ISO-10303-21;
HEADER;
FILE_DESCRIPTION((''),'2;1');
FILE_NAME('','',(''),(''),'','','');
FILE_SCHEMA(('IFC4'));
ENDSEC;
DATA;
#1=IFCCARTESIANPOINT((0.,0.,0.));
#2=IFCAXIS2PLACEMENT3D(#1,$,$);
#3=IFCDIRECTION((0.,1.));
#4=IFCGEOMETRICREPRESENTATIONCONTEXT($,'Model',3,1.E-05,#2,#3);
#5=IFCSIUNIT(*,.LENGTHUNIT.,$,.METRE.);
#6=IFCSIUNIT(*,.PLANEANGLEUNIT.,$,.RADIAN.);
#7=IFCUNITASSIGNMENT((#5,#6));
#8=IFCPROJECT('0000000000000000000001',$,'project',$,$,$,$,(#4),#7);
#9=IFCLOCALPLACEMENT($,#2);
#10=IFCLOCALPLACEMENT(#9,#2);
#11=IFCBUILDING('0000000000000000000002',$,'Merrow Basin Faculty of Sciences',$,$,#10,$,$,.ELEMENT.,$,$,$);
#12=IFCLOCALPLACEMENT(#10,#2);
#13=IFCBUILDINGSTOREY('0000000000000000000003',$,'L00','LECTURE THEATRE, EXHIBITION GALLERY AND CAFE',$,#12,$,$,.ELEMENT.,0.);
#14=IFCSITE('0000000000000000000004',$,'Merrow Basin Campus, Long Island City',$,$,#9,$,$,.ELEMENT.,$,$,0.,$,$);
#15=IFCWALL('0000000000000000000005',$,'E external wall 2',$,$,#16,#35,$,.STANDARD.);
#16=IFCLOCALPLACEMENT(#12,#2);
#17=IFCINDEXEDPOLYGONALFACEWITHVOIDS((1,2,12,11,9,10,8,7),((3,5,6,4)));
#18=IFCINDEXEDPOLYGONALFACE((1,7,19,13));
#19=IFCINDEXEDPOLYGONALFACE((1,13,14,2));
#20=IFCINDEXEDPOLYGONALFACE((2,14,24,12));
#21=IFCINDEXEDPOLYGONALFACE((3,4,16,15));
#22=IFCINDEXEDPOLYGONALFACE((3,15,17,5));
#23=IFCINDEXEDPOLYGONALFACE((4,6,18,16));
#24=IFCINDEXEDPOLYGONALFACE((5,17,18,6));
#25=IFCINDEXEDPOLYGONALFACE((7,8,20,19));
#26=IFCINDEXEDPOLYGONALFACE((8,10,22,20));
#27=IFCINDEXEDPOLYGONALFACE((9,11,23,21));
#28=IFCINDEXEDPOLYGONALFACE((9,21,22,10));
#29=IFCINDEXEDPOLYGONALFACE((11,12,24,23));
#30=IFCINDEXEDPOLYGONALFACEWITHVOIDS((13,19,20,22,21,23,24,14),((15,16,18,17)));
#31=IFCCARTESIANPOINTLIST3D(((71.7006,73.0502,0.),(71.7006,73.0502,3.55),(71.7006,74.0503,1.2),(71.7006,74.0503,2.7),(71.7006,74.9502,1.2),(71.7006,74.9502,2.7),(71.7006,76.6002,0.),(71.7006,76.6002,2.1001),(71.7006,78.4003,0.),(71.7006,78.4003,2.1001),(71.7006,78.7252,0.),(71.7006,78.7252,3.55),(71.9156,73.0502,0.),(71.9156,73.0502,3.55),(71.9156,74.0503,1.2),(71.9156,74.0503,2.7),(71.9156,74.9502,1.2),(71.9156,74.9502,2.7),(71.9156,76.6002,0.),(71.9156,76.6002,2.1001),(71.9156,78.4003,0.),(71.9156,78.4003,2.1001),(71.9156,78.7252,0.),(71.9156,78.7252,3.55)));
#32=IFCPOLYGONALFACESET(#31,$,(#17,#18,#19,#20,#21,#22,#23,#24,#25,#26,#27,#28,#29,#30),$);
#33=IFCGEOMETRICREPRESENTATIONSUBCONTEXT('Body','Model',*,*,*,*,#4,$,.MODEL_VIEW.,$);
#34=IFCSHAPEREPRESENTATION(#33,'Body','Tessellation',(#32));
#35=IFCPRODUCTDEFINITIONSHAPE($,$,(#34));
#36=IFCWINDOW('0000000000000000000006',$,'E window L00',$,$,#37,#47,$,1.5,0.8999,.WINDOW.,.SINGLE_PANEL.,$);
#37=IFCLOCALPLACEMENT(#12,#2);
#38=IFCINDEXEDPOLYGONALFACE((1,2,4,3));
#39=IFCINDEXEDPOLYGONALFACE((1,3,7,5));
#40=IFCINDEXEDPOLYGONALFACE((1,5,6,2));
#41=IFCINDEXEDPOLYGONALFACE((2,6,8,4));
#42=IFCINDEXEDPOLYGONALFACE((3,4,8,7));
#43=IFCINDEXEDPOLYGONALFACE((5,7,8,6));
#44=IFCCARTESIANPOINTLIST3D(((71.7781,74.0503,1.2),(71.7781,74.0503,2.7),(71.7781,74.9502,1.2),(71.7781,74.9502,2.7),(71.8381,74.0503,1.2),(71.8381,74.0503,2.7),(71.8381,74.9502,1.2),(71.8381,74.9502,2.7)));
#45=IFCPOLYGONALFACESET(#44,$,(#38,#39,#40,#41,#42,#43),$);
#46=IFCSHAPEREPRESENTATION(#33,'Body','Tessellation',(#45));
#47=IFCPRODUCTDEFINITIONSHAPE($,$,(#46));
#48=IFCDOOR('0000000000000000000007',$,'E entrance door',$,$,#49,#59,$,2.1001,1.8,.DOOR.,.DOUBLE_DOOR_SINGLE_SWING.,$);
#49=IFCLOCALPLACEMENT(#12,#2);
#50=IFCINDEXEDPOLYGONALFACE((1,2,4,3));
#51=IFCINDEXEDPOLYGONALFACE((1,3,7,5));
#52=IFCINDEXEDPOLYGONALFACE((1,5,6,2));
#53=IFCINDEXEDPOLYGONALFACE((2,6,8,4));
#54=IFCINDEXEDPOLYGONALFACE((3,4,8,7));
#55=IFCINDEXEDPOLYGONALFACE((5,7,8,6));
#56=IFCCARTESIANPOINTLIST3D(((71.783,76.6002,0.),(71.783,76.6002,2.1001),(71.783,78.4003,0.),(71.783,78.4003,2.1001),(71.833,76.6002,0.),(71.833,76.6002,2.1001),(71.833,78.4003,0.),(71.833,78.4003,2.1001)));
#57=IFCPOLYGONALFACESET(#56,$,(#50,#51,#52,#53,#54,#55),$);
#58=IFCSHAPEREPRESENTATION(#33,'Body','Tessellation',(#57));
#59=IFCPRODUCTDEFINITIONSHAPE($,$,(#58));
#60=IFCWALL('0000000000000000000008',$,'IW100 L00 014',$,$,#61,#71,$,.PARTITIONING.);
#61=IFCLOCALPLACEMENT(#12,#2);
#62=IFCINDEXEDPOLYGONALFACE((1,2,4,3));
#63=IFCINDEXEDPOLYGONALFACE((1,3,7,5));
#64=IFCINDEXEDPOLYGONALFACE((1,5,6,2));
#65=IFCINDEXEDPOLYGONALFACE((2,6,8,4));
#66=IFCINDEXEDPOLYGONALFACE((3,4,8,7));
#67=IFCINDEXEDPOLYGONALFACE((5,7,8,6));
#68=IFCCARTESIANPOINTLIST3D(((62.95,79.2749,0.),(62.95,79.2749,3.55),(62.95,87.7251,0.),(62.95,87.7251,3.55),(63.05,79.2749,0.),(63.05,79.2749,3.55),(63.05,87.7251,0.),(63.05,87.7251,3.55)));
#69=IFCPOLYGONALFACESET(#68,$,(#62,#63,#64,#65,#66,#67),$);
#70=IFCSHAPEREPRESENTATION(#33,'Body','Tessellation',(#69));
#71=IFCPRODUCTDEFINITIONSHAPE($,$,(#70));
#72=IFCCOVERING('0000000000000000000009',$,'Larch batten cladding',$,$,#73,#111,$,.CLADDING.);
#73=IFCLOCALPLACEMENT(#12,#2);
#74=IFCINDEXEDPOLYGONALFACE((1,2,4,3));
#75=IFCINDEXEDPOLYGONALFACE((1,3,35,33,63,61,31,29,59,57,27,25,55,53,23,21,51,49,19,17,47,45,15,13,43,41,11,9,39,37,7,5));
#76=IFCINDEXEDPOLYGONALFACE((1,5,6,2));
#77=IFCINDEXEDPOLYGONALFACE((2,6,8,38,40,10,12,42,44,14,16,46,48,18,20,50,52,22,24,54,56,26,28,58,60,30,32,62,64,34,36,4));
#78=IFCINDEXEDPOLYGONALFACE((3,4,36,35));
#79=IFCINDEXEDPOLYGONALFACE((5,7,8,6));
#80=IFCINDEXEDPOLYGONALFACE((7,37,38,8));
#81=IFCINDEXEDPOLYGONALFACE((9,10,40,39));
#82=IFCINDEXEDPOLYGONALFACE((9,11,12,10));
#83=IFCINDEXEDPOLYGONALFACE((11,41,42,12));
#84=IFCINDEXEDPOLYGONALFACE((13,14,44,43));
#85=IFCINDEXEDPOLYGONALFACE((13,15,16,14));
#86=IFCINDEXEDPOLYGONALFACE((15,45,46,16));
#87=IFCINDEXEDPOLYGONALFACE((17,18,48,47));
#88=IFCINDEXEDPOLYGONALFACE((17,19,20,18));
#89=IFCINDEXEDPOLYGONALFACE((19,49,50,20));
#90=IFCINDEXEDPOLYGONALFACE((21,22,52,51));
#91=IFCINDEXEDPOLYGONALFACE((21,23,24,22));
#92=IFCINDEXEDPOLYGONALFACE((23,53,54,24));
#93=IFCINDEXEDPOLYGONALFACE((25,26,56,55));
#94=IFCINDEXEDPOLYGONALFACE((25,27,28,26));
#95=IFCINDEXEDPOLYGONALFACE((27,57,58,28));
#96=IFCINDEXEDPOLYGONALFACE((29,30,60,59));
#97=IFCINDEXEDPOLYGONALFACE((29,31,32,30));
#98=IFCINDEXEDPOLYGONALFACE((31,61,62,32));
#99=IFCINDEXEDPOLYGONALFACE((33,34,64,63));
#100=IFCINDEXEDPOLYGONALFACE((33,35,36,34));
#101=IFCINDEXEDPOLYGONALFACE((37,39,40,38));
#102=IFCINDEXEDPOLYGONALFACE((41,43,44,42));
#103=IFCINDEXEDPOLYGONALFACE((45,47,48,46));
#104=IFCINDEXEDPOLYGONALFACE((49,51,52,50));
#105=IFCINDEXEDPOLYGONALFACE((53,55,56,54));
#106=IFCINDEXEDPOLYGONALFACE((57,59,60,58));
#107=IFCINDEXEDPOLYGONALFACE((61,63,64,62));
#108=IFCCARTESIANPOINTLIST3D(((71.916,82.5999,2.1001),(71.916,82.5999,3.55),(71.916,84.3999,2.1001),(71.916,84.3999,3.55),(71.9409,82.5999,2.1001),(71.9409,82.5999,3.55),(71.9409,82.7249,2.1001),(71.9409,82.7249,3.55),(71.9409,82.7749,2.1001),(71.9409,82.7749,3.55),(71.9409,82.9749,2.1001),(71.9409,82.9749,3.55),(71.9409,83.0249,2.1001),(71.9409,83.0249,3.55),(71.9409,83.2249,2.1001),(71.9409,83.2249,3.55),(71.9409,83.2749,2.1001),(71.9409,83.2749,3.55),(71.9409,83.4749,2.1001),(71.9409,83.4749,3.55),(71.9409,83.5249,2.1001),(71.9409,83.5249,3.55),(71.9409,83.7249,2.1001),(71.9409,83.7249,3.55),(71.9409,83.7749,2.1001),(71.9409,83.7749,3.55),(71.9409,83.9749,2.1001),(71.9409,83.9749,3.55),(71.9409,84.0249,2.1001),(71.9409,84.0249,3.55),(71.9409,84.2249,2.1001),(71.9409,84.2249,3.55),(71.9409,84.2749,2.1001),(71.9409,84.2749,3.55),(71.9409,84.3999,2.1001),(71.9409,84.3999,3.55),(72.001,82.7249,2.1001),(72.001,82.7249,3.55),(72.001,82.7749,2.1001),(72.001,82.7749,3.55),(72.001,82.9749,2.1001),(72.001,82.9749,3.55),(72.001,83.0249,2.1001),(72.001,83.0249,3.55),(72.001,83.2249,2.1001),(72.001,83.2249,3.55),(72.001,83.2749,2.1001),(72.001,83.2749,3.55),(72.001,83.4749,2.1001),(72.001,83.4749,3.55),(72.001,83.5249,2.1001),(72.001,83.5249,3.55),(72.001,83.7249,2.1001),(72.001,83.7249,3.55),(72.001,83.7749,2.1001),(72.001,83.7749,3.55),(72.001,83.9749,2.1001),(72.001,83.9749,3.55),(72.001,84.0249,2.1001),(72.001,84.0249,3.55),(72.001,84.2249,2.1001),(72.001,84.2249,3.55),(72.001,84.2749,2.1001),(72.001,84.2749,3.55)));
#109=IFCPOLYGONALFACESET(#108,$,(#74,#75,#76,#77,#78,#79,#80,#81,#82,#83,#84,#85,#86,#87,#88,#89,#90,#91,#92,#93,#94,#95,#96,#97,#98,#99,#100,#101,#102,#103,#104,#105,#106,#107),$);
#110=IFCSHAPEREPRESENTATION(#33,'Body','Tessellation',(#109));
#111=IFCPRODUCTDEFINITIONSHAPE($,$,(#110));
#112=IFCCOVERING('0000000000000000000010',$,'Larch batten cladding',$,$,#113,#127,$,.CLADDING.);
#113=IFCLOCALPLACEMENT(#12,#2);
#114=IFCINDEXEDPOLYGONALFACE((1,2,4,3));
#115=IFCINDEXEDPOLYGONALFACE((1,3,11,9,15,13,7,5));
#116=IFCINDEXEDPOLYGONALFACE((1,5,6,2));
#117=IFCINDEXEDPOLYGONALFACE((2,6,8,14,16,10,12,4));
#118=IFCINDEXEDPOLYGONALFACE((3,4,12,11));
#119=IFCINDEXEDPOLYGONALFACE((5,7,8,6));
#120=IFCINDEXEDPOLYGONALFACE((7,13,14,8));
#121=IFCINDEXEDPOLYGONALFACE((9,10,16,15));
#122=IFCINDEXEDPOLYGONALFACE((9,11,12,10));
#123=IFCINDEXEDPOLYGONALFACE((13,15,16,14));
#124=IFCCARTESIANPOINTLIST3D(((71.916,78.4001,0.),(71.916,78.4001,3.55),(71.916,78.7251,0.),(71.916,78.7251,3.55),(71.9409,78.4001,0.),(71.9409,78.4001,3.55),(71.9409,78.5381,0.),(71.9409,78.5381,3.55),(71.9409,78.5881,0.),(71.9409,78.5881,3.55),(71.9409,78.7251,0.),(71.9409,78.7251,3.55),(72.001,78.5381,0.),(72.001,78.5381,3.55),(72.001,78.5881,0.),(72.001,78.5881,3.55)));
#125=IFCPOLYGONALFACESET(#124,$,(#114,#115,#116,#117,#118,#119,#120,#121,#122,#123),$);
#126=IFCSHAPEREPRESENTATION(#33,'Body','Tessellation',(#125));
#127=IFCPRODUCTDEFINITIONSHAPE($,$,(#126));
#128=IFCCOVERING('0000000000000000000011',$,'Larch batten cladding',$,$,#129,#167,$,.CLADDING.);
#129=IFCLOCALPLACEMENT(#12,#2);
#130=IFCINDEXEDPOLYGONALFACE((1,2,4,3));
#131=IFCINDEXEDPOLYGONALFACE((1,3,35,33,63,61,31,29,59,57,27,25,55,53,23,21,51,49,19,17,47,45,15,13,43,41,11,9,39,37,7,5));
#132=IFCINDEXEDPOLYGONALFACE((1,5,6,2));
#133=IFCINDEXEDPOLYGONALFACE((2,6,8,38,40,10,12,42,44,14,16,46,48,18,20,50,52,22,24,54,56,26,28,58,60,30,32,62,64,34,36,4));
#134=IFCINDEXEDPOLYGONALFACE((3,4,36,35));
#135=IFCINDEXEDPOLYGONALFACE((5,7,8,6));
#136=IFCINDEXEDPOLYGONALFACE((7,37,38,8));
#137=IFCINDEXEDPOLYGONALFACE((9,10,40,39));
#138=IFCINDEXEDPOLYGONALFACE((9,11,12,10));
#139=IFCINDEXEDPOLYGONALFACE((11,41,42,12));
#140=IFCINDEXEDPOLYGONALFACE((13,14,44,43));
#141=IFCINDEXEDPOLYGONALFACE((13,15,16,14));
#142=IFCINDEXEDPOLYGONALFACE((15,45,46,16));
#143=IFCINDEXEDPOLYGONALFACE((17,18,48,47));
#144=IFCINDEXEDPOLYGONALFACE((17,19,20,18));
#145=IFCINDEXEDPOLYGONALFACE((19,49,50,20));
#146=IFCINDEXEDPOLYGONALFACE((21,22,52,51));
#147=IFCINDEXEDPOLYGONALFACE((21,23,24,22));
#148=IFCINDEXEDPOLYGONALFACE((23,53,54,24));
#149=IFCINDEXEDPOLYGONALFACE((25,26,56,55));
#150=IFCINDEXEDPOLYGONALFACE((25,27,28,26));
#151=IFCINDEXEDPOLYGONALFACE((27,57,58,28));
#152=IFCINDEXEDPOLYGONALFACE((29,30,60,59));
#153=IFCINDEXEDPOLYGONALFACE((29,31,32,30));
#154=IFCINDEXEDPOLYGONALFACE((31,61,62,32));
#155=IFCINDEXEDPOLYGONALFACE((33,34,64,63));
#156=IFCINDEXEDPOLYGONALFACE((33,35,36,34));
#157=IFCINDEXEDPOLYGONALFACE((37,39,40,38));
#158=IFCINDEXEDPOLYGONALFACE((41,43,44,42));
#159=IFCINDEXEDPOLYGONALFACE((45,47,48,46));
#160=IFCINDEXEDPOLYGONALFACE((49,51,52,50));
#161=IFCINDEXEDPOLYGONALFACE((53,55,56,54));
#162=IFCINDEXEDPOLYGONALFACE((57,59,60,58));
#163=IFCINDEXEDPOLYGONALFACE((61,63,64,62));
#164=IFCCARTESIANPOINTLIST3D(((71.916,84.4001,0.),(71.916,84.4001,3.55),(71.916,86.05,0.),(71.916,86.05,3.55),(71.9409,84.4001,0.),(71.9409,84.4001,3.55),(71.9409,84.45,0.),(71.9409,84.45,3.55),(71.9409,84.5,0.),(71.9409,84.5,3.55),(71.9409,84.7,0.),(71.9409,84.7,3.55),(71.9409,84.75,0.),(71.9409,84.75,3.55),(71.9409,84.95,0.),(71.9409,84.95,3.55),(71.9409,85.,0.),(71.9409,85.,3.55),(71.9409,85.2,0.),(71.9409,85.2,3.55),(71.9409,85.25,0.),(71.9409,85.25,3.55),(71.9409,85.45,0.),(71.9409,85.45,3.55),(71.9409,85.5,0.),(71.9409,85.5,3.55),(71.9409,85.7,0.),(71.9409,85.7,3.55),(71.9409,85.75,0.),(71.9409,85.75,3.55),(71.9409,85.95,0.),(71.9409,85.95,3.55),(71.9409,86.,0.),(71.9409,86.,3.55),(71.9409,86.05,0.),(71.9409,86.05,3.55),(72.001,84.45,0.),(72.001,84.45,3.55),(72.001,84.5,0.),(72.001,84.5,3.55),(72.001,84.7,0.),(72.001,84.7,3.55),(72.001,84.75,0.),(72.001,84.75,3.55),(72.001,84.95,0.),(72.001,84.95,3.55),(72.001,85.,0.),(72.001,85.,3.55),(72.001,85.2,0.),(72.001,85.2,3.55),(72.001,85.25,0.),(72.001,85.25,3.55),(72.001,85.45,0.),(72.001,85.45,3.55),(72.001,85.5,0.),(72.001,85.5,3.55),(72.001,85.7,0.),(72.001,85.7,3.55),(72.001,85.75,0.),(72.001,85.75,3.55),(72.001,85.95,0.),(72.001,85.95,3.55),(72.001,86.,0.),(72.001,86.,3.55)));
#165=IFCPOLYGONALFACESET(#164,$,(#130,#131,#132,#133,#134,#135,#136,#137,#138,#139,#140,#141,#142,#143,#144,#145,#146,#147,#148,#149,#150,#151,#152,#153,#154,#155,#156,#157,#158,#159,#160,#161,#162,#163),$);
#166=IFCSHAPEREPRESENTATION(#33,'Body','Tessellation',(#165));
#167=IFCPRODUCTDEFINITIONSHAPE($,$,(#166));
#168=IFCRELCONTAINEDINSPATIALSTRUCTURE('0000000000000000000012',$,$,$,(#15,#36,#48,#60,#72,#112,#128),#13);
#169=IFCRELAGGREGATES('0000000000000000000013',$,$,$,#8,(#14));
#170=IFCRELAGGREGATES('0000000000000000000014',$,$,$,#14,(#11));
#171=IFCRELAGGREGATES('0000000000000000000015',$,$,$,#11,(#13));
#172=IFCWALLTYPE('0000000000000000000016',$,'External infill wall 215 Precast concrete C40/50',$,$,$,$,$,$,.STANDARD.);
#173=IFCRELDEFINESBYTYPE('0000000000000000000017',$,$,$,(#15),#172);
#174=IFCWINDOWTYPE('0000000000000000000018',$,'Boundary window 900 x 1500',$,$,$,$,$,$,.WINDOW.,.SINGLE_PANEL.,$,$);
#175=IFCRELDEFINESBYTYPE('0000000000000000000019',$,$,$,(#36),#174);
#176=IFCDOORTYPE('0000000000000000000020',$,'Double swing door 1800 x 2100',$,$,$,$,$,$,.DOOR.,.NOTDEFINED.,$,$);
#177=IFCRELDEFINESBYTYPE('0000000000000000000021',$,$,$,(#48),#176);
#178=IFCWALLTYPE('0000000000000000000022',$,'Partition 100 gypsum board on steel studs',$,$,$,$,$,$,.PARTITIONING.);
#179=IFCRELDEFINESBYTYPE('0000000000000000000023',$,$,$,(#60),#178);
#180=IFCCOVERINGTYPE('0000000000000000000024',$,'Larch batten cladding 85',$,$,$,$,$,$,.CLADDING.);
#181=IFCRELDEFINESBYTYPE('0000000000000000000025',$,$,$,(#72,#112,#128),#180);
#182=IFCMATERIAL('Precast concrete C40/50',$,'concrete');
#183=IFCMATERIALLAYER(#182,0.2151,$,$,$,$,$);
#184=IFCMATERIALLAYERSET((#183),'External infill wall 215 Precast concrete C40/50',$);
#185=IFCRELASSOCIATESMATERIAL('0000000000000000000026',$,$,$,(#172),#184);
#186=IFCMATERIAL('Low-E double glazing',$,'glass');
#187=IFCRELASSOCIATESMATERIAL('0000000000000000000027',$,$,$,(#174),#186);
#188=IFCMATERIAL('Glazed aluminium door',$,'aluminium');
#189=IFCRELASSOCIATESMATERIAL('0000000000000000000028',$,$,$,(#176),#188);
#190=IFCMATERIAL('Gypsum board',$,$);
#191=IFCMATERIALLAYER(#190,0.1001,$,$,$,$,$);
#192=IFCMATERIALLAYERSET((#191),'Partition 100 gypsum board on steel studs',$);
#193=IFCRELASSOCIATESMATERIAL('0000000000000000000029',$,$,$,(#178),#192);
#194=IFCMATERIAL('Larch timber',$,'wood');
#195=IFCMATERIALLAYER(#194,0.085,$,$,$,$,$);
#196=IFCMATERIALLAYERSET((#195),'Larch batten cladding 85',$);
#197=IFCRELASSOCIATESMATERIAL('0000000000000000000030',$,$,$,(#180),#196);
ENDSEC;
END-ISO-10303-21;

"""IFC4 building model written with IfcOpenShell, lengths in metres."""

from ifc_helpers import new_model, si_unit, direction, frame, frame_2d, origin, place, context, subcontext, project, spatial, polyline, rectangle, outline, extrude, source, transform, mapped, material, layer, layer_set, type_object, element, fill, save


model = new_model("IFC4")

# Units and contexts
model_context = context("Model", 3, precision=1e-05, world=origin(), true_north=direction((0.0, 1.0)))
body_context = subcontext(model_context, "Body", "Model", "MODEL_VIEW")
ifc_project = project(units=[si_unit("LENGTHUNIT", "METRE"), si_unit("PLANEANGLEUNIT", "RADIAN")], contexts=[model_context])

# Site, building, storey
site_placement = place(None, origin())
site = spatial("IfcSite", under=ifc_project, at=site_placement, Name="Merrow Basin Campus, Long Island City", CompositionType="ELEMENT", RefElevation=0.0)
building_placement = place(site_placement, origin())
building = spatial("IfcBuilding", under=site, at=building_placement, Name="Merrow Basin Faculty of Sciences", CompositionType="ELEMENT")
storey_placement = place(building_placement, origin())
storey = spatial("IfcBuildingStorey", under=building, at=storey_placement, Name="L00", Description="LECTURE THEATRE, EXHIBITION GALLERY AND CAFE", CompositionType="ELEMENT", Elevation=0.0)

# Wall, openings, window, door
ifc_material_1 = material(Name="Precast concrete C40/50", Category="concrete")
ifc_layer_1 = layer(ifc_material_1, 0.2151)
ifc_layer_set_1 = layer_set([ifc_layer_1], Name="External infill wall 215 Precast concrete C40/50")
wall_type_1 = type_object("IfcWallType", Name="External infill wall 215 Precast concrete C40/50", PredefinedType="STANDARD", material=ifc_layer_set_1)
wall_1_placement = place(storey_placement, frame((71.8081, 78.7251, 0.0), z_axis=(0.0, 0.0, 1.0), x_axis=(0.0, -1.0, 0.0)))
wall_1 = element("IfcWall", 1, at=wall_1_placement, inside=storey, type_object=wall_type_1, Name="E external wall 2", PredefinedType="STANDARD", context=body_context, shape_type="SweptSolid", body=[
    extrude(rectangle(XDim=5.675, YDim=0.2151, at=frame_2d((2.8374, 0.0))), origin(), (0.0, 0.0, 1.0), 3.55),
])
opening_1_placement = place(wall_1_placement, frame((3.7749, 0.0, 1.2)))
opening_1 = element("IfcOpeningElement", 2, at=opening_1_placement, cuts=wall_1, PredefinedType="OPENING", context=body_context, shape_type="SweptSolid", body=[
    extrude(rectangle(XDim=0.8999, YDim=1.5, at=frame_2d((0.45, 0.75))), frame((0.0, 0.1174, 0.0), z_axis=(0.0, -1.0, 0.0), x_axis=(1.0, 0.0, 0.0)), (0.0, 0.0, 1.0), 0.2351),
])
opening_2_placement = place(wall_1_placement, frame((0.325, 0.0, 0.0)))
opening_2 = element("IfcOpeningElement", 3, at=opening_2_placement, cuts=wall_1, PredefinedType="OPENING", context=body_context, shape_type="SweptSolid", body=[
    extrude(rectangle(XDim=1.8, YDim=2.1001, at=frame_2d((0.8999, 1.05))), frame((0.0, 0.1174, 0.0), z_axis=(0.0, -1.0, 0.0), x_axis=(1.0, 0.0, 0.0)), (0.0, 0.0, 1.0), 0.2351),
])
ifc_material_2 = material(Name="Low-E double glazing", Category="glass")
window_type = type_object("IfcWindowType", Name="Boundary window 900 x 1500", PartitioningType="SINGLE_PANEL", PredefinedType="WINDOW", material=ifc_material_2)
window_placement = place(opening_1_placement, origin())
window = element("IfcWindow", 4, at=window_placement, inside=storey, type_object=window_type, Name="E window L00", OverallHeight=1.5, OverallWidth=0.8999, PartitioningType="SINGLE_PANEL", PredefinedType="WINDOW", context=body_context, shape_type="SweptSolid", body=[
    extrude(rectangle(XDim=0.8999, YDim=1.5, at=frame_2d((0.45, 0.75))), frame((0.0, 0.03, 0.0), z_axis=(0.0, -1.0, 0.0), x_axis=(1.0, 0.0, 0.0)), (0.0, 0.0, 1.0), 0.0601),
])
fill(opening_1, window)
ifc_material_3 = material(Name="Glazed aluminium door", Category="aluminium")
door_type = type_object("IfcDoorType", Name="Double swing door 1800 x 2100", OperationType="NOTDEFINED", PredefinedType="DOOR", material=ifc_material_3)
door_placement = place(opening_2_placement, origin())
door = element("IfcDoor", 5, at=door_placement, inside=storey, type_object=door_type, Name="E entrance door", OperationType="DOUBLE_DOOR_SINGLE_SWING", OverallHeight=2.1001, OverallWidth=1.8, PredefinedType="DOOR", context=body_context, shape_type="SweptSolid", body=[
    extrude(rectangle(XDim=1.8, YDim=2.1001, at=frame_2d((0.8999, 1.05))), frame((0.0, 0.0249, 0.0), z_axis=(0.0, -1.0, 0.0), x_axis=(1.0, 0.0, 0.0)), (0.0, 0.0, 1.0), 0.05),
])
fill(opening_2, door)

# Wall
ifc_material_4 = material(Name="Gypsum board")
ifc_layer_2 = layer(ifc_material_4, 0.1001)
ifc_layer_set_2 = layer_set([ifc_layer_2], Name="Partition 100 gypsum board on steel studs")
wall_type_2 = type_object("IfcWallType", Name="Partition 100 gypsum board on steel studs", PredefinedType="PARTITIONING", material=ifc_layer_set_2)
wall_2_placement = place(storey_placement, frame((63.0, 79.2749, 0.0), z_axis=(0.0, 0.0, 1.0), x_axis=(0.0, 1.0, 0.0)))
element("IfcWall", 6, at=wall_2_placement, inside=storey, type_object=wall_type_2, Name="IW100 L00 014", PredefinedType="PARTITIONING", context=body_context, shape_type="SweptSolid", body=[
    extrude(rectangle(XDim=8.4502, YDim=0.1001, at=frame_2d((4.2251, 0.0))), origin(), (0.0, 0.0, 1.0), 3.55),
])

# Coverings
ifc_material_5 = material(Name="Larch timber", Category="wood")
ifc_layer_3 = layer(ifc_material_5, 0.085)
ifc_layer_set_3 = layer_set([ifc_layer_3], Name="Larch batten cladding 85")
covering_type = type_object("IfcCoveringType", Name="Larch batten cladding 85", PredefinedType="CLADDING", material=ifc_layer_set_3)
shared_shape_1 = source(origin(), body_context, "Body", "SweptSolid", [
    extrude(outline(polyline([(0.0, 0.0), (1.8, 0.0), (1.8, 0.0249), (1.675, 0.0249), (1.675, 0.085), (1.625, 0.085), (1.625, 0.0249), (1.425, 0.0249), (1.425, 0.085), (1.375, 0.085), (1.375, 0.0249), (1.175, 0.0249), (1.175, 0.085), (1.125, 0.085), (1.125, 0.0249), (0.925, 0.0249), (0.925, 0.085), (0.875, 0.085), (0.875, 0.0249), (0.675, 0.0249), (0.675, 0.085), (0.625, 0.085), (0.625, 0.0249), (0.425, 0.0249), (0.425, 0.085), (0.375, 0.085), (0.375, 0.0249), (0.175, 0.0249), (0.175, 0.085), (0.125, 0.085), (0.125, 0.0249), (0.0, 0.0249), (0.0, 0.0)])), origin(), (0.0, 0.0, 1.0), 1.45),
])
covering_1_placement = place(storey_placement, frame((71.916, 84.3999, 2.1001), z_axis=(0.0, 0.0, 1.0), x_axis=(0.0, -1.0, 0.0)))
element("IfcCovering", 7, at=covering_1_placement, inside=storey, type_object=covering_type, Name="Larch batten cladding", PredefinedType="CLADDING", context=body_context, shape_type="MappedRepresentation", body=[
    mapped(shared_shape_1, transform((0.0, 0.0, 0.0), scale=1.0)),
])
shared_shape_2 = source(origin(), body_context, "Body", "SweptSolid", [
    extrude(outline(polyline([(0.0, 0.0), (0.325, 0.0), (0.325, 0.0249), (0.187, 0.0249), (0.187, 0.085), (0.137, 0.085), (0.137, 0.0249), (0.0, 0.0249), (0.0, 0.0)])), origin(), (0.0, 0.0, 1.0), 3.55),
])
covering_2_placement = place(storey_placement, frame((71.916, 78.7251, 0.0), z_axis=(0.0, 0.0, 1.0), x_axis=(0.0, -1.0, 0.0)))
element("IfcCovering", 8, at=covering_2_placement, inside=storey, type_object=covering_type, Name="Larch batten cladding", PredefinedType="CLADDING", context=body_context, shape_type="MappedRepresentation", body=[
    mapped(shared_shape_2, transform((0.0, 0.0, 0.0), scale=1.0)),
])
shared_shape_3 = source(origin(), body_context, "Body", "SweptSolid", [
    extrude(outline(polyline([(0.0, 0.0), (1.6499, 0.0), (1.6499, 0.0249), (1.6001, 0.0249), (1.6001, 0.085), (1.55, 0.085), (1.55, 0.0249), (1.3501, 0.0249), (1.3501, 0.085), (1.3, 0.085), (1.3, 0.0249), (1.1001, 0.0249), (1.1001, 0.085), (1.05, 0.085), (1.05, 0.0249), (0.8501, 0.0249), (0.8501, 0.085), (0.8, 0.085), (0.8, 0.0249), (0.6001, 0.0249), (0.6001, 0.085), (0.55, 0.085), (0.55, 0.0249), (0.3501, 0.0249), (0.3501, 0.085), (0.3, 0.085), (0.3, 0.0249), (0.1001, 0.0249), (0.1001, 0.085), (0.05, 0.085), (0.05, 0.0249), (0.0, 0.0249), (0.0, 0.0)])), origin(), (0.0, 0.0, 1.0), 3.55),
])
for number, where, z_axis, x_axis, name in (
    (9, (71.916, 86.05, 0.0), (0.0, 0.0, 1.0), (0.0, -1.0, 0.0), "Larch batten cladding"),
):
    element("IfcCovering", number, at=place(storey_placement, frame(where, z_axis=z_axis, x_axis=x_axis)), inside=storey, type_object=covering_type, Name=name, PredefinedType="CLADDING", context=body_context, shape_type="MappedRepresentation", body=[
        mapped(shared_shape_3, transform((0.0, 0.0, 0.0), scale=1.0)),
    ])

save(model, "model.ifc")
